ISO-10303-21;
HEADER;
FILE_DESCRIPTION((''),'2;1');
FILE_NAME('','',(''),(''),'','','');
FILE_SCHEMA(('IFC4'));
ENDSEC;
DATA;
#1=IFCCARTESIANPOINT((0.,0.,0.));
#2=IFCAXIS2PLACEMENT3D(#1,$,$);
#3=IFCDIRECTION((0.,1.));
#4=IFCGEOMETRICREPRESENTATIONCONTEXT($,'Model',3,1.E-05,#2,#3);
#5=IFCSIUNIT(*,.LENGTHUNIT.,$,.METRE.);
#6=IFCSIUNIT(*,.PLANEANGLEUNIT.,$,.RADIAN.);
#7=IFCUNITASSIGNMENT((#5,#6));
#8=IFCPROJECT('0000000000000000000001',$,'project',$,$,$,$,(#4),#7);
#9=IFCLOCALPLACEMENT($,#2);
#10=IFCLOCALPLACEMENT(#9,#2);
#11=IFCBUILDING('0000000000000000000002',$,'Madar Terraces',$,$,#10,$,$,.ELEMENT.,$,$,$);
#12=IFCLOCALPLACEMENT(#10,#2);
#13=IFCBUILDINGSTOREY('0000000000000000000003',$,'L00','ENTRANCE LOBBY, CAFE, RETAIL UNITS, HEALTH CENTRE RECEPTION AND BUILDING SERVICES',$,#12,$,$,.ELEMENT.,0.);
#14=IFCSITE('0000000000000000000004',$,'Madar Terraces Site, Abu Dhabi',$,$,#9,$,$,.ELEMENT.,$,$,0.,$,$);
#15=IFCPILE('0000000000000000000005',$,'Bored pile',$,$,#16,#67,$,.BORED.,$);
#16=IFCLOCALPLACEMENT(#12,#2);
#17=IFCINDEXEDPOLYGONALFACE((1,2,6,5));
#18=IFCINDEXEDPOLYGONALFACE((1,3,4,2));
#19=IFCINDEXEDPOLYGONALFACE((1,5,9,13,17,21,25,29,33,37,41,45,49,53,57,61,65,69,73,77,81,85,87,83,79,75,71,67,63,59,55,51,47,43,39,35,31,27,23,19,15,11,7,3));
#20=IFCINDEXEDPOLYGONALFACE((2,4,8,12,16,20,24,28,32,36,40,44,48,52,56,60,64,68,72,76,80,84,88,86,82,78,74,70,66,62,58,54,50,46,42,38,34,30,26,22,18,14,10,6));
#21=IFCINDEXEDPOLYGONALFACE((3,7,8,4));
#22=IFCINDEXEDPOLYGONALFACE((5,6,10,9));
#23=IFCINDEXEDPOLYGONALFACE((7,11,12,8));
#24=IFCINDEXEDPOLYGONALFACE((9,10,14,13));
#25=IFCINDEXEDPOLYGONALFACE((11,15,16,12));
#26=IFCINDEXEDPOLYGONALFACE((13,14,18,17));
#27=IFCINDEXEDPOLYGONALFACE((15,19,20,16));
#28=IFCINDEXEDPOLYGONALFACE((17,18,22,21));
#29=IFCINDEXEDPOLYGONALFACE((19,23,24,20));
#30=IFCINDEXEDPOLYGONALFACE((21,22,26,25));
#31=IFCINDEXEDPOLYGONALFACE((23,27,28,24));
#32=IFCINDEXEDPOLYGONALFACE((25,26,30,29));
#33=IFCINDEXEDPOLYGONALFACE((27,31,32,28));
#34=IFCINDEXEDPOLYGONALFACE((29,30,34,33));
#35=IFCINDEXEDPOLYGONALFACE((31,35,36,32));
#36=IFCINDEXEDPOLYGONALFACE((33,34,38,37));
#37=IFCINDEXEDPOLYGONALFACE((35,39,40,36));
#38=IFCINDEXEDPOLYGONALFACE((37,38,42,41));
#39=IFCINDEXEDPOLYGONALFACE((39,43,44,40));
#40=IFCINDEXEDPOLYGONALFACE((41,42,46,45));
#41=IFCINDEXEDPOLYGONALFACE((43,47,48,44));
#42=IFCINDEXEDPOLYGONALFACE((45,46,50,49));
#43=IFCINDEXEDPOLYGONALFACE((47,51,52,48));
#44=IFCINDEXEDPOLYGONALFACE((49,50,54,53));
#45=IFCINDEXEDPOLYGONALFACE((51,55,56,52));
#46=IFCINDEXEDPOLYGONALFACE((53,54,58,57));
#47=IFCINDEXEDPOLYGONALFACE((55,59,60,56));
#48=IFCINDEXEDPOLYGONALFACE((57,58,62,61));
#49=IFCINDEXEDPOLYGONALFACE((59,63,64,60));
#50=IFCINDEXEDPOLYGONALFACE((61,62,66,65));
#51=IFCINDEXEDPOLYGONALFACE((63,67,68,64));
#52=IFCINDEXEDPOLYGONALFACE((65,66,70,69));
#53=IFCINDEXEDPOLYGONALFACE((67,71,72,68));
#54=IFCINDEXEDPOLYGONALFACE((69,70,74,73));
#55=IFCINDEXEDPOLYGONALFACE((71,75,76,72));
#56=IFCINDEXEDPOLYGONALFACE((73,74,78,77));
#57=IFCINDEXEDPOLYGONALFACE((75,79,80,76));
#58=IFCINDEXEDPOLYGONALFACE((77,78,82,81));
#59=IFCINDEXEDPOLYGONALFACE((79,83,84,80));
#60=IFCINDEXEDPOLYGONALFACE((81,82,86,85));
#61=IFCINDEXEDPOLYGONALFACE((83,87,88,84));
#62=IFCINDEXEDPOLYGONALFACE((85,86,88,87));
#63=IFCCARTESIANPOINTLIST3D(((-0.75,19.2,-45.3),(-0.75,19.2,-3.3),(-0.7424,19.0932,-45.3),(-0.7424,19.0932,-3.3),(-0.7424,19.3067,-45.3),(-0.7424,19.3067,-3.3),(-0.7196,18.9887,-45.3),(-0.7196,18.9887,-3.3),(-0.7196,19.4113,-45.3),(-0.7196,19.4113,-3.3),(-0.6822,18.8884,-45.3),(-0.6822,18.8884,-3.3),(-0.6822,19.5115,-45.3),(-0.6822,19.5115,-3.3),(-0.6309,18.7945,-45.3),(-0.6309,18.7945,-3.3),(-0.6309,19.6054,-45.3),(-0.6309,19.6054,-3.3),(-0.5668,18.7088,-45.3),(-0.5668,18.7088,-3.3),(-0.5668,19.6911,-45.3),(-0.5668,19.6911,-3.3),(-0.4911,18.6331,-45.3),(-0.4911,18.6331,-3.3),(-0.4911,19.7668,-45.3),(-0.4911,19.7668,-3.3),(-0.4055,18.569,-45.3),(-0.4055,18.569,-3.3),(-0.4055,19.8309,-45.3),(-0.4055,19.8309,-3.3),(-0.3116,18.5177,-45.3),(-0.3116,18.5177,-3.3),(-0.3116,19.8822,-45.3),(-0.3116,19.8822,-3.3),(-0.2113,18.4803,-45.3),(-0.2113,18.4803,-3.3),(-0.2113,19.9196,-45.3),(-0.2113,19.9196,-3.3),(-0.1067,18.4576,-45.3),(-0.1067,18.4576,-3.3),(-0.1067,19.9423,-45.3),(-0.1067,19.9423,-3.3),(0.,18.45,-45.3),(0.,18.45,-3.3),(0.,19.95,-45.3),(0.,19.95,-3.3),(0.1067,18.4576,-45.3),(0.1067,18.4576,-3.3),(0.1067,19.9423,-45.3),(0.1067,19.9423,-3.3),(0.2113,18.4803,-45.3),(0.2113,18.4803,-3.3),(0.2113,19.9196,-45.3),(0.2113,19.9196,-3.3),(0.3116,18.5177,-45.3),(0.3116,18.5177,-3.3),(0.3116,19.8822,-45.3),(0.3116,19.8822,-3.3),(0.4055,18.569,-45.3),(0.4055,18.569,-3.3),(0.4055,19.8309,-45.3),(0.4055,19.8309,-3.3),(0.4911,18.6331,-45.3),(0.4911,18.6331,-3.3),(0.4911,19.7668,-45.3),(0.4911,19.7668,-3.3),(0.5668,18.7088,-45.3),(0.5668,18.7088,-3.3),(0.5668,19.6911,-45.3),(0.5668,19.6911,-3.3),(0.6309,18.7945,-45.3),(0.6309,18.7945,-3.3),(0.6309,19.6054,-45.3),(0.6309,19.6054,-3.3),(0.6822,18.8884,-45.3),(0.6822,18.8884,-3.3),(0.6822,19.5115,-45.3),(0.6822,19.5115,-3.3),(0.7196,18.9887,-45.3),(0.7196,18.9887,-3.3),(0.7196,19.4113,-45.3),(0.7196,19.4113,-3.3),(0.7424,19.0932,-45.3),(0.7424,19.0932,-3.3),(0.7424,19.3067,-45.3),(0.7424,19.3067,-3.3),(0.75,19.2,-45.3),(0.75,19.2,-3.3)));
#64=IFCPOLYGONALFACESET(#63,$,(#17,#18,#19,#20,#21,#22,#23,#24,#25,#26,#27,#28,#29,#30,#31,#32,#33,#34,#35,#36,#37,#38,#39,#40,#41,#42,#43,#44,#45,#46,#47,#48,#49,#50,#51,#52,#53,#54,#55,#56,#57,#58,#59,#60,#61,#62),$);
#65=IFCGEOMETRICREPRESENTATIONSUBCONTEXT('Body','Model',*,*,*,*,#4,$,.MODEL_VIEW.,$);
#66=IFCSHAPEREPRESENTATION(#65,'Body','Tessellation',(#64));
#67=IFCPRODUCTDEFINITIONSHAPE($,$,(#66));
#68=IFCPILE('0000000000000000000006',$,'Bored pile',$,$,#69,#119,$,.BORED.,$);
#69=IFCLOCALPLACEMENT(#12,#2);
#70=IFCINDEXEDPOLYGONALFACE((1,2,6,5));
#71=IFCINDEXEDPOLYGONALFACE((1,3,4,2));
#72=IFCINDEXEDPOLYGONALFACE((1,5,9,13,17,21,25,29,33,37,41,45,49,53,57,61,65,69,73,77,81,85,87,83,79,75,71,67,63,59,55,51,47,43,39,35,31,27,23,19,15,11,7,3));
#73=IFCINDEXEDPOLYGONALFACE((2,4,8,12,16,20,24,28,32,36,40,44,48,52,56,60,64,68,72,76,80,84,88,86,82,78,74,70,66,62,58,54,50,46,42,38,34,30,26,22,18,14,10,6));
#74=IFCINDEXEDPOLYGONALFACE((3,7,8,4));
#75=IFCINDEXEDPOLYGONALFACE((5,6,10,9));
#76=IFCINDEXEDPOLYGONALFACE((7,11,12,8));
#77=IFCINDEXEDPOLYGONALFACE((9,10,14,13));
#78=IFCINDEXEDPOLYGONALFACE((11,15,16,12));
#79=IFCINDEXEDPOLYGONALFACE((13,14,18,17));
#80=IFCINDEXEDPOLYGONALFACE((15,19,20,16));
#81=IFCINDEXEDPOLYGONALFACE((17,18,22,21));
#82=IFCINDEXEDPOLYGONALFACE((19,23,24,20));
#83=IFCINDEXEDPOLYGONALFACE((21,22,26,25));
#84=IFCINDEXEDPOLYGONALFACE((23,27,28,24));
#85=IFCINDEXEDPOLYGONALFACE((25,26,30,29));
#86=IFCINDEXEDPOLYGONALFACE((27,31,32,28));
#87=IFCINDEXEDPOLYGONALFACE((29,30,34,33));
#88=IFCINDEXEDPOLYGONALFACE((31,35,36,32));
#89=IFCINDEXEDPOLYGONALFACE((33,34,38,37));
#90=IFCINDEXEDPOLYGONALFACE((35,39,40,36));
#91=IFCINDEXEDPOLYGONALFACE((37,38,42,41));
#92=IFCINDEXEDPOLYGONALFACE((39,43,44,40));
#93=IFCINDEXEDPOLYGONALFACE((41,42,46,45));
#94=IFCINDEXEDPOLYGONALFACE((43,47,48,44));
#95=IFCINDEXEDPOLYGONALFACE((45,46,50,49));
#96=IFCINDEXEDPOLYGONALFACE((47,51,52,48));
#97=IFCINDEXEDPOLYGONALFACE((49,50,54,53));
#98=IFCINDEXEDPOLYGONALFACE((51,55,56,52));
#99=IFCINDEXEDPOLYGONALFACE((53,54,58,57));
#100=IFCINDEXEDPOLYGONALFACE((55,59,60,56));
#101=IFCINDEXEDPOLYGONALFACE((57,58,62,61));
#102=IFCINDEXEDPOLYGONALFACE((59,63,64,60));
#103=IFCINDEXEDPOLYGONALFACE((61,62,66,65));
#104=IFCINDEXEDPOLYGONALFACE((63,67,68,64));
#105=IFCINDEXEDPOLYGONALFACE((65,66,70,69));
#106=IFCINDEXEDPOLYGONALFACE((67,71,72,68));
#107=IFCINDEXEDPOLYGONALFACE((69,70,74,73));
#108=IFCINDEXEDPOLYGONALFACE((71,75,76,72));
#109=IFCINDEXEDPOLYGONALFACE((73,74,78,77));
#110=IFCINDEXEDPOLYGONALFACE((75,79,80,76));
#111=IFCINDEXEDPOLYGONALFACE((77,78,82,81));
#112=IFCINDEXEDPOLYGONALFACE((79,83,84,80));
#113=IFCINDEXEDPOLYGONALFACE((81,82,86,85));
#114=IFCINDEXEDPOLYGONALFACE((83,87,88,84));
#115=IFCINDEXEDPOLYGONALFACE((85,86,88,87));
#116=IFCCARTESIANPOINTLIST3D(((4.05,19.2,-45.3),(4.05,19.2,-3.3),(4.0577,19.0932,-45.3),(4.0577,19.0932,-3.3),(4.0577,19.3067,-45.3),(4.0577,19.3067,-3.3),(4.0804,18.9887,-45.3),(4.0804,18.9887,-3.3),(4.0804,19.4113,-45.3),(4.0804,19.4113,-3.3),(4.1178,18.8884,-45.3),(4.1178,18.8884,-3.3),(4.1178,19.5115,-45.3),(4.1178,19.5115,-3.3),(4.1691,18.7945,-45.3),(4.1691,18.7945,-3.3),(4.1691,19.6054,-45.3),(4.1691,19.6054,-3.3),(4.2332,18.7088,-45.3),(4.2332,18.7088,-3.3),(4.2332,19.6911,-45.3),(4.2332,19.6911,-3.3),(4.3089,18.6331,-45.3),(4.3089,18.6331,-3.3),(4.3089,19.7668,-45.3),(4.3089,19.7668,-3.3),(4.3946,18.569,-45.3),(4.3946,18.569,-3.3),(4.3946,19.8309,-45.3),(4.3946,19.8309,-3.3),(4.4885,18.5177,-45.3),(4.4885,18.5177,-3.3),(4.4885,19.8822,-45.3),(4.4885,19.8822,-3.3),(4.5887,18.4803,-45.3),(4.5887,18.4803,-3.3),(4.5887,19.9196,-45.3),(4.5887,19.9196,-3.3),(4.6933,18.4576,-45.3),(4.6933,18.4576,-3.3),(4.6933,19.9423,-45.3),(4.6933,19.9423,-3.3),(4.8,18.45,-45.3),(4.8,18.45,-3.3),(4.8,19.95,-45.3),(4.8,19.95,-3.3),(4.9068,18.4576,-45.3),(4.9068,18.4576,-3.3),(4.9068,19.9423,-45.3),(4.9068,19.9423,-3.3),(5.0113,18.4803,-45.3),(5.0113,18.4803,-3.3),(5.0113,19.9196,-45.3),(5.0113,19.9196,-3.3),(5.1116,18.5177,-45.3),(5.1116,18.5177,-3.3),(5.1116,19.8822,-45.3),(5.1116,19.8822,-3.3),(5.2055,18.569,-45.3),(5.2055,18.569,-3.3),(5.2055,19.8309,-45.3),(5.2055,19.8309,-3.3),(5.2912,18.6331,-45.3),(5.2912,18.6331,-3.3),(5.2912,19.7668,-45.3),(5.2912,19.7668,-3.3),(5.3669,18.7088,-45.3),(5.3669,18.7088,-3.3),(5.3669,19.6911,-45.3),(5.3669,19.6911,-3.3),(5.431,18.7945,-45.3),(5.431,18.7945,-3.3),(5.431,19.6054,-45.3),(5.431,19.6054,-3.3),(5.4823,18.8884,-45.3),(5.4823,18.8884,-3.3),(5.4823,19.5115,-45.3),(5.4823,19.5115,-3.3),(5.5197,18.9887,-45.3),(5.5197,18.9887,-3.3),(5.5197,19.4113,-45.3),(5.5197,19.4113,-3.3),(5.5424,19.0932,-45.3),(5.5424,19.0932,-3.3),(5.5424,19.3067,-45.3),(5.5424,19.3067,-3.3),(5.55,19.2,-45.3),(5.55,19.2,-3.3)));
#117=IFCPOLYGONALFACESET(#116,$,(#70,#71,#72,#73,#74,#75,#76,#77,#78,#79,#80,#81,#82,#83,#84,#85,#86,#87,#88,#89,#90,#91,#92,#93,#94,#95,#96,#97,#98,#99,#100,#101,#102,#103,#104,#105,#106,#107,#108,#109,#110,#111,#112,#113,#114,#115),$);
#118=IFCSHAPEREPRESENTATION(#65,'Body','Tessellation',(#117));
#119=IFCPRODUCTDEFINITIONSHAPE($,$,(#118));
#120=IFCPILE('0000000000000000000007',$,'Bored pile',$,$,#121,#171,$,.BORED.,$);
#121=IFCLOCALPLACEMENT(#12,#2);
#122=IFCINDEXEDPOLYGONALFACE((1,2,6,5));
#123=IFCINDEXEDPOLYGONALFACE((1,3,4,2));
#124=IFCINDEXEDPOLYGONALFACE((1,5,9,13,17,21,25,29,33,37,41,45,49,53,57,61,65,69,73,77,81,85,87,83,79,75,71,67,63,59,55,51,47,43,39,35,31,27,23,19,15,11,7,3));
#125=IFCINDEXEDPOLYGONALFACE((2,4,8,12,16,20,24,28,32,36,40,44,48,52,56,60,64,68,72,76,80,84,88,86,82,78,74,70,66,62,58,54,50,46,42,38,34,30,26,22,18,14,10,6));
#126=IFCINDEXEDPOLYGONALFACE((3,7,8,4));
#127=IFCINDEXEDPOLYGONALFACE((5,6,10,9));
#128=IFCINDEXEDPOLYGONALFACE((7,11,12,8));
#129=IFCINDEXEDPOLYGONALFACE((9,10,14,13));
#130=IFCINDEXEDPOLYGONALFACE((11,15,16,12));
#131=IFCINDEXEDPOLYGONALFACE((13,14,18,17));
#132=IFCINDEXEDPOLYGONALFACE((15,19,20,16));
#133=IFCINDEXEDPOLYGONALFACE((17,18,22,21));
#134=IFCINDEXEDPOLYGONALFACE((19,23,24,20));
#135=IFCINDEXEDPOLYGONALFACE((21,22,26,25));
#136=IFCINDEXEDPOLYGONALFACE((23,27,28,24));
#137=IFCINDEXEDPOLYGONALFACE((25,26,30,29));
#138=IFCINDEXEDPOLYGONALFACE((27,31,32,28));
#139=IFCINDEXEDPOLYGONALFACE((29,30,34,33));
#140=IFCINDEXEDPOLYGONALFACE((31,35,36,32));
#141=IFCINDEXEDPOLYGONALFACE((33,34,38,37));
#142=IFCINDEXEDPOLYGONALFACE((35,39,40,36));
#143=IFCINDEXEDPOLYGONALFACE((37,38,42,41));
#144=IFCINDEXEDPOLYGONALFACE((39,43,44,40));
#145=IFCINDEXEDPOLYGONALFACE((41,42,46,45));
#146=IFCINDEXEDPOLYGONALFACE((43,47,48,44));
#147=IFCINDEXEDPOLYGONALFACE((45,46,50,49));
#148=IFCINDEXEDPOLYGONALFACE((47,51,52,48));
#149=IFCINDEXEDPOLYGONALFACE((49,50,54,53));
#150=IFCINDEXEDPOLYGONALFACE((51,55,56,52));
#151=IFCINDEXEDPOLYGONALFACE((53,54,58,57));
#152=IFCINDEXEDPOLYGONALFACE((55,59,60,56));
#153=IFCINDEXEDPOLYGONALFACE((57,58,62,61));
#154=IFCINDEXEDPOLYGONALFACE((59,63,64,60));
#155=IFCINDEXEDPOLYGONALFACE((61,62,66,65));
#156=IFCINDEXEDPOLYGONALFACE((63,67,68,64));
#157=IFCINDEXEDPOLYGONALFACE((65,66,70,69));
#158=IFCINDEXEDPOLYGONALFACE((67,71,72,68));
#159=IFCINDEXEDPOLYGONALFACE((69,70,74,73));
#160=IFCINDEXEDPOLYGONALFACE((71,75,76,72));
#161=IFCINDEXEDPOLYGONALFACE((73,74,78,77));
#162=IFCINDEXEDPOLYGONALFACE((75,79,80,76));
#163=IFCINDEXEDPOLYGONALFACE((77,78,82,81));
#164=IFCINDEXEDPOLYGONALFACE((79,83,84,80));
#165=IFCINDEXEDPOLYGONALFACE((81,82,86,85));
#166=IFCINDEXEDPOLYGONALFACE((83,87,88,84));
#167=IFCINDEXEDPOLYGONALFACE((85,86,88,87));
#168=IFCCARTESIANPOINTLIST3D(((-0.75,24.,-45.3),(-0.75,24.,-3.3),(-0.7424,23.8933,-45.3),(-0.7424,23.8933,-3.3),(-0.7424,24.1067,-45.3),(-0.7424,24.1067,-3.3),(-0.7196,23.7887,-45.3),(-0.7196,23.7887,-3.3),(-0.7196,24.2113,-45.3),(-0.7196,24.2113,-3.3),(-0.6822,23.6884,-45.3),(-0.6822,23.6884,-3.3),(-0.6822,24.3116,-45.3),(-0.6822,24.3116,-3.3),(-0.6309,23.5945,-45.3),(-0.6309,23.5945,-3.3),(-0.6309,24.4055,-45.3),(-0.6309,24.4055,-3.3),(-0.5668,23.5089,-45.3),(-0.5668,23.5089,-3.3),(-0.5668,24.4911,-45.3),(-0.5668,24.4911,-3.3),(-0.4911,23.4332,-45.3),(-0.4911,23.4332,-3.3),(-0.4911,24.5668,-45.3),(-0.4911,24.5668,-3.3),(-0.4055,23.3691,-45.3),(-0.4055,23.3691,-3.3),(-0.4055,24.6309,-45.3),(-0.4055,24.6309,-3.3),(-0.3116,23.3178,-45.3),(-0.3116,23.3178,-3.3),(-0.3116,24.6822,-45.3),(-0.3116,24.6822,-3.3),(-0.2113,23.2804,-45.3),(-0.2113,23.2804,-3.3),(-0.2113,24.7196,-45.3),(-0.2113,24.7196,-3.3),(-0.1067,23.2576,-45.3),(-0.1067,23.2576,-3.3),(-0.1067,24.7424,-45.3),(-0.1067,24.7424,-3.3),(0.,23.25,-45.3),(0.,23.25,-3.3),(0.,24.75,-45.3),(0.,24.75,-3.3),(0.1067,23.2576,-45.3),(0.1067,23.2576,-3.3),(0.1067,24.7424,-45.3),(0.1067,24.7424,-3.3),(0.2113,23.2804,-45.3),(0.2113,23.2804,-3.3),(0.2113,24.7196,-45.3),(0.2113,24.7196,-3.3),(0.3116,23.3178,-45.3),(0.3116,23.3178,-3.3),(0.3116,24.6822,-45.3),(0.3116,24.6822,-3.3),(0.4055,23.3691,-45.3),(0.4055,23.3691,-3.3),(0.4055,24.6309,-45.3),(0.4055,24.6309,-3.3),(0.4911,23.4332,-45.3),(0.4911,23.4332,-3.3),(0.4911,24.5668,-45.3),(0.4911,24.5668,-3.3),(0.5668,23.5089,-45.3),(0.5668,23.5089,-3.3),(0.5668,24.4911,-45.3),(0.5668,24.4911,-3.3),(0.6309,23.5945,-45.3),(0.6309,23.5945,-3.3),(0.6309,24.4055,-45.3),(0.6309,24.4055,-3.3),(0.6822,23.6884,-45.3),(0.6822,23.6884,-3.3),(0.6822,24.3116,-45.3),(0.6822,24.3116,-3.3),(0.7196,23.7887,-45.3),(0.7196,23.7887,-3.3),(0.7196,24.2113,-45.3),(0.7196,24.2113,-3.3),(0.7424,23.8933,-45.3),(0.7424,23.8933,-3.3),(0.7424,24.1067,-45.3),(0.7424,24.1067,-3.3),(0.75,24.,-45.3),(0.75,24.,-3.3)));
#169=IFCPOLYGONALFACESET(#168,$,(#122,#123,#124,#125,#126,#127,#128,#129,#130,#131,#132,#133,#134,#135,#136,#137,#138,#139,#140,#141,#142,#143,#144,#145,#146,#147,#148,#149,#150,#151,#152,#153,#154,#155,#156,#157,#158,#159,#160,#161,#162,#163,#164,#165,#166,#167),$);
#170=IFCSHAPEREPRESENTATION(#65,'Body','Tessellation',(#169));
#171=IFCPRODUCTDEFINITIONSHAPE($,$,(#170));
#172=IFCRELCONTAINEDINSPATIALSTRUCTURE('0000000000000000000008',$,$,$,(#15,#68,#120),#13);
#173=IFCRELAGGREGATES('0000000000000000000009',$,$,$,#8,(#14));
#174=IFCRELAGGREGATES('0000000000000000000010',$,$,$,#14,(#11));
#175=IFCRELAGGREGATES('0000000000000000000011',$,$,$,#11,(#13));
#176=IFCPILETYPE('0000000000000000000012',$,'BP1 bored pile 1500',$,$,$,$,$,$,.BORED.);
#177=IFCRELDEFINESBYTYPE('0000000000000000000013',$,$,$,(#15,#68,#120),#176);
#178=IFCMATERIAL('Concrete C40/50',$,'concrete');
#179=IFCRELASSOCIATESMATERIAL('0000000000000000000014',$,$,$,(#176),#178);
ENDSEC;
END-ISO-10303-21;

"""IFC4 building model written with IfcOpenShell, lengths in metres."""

from ifc_helpers import new_model, si_unit, direction, frame, origin, origin_2d, place, context, subcontext, project, spatial, circle, extrude, material, material_profile, profile_set, type_object, element, save


model = new_model("IFC4")

# Units and contexts
model_context = context("Model", 3, precision=1e-05, world=origin(), true_north=direction((0.0, 1.0)))
body_context = subcontext(model_context, "Body", "Model", "MODEL_VIEW")
ifc_project = project(units=[si_unit("LENGTHUNIT", "METRE"), si_unit("PLANEANGLEUNIT", "RADIAN")], contexts=[model_context])

# Site, building, storey
site_placement = place(None, origin())
site = spatial("IfcSite", under=ifc_project, at=site_placement, Name="Madar Terraces Site, Abu Dhabi", CompositionType="ELEMENT", RefElevation=0.0)
building_placement = place(site_placement, origin())
building = spatial("IfcBuilding", under=site, at=building_placement, Name="Madar Terraces", CompositionType="ELEMENT")
storey_placement = place(building_placement, origin())
storey = spatial("IfcBuildingStorey", under=building, at=storey_placement, Name="L00", Description="ENTRANCE LOBBY, CAFE, RETAIL UNITS, HEALTH CENTRE RECEPTION AND BUILDING SERVICES", CompositionType="ELEMENT", Elevation=0.0)

# Piles
ifc_material_1 = material(Name="Concrete C40/50", Category="concrete")
ifc_material_profile_1 = material_profile(ifc_material_1, circle(Radius=0.75, at=origin_2d()), Name="BP1 bored pile 1500")
ifc_profile_set_1 = profile_set([ifc_material_profile_1], Name="Concrete C40/50")
pile_type = type_object("IfcPileType", Name="BP1 bored pile 1500", PredefinedType="BORED", material=ifc_profile_set_1)
for number, where, z_axis, x_axis, name in (
    (1, (0.0, 19.2, -3.3), (0.0, 0.0, -1.0), (1.0, 0.0, 0.0), "Bored pile"),
    (2, (4.8, 19.2, -3.3), (0.0, 0.0, -1.0), (1.0, 0.0, 0.0), "Bored pile"),
    (3, (0.0, 24.0, -3.3), (0.0, 0.0, -1.0), (1.0, 0.0, 0.0), "Bored pile"),
):
    element("IfcPile", number, at=place(storey_placement, frame(where, z_axis=z_axis, x_axis=x_axis)), inside=storey, type_object=pile_type, Name=name, PredefinedType="BORED", context=body_context, shape_type="SweptSolid", body=[
        extrude(circle(Radius=0.75, at=origin_2d()), origin(), (0.0, 0.0, 1.0), 42.0),
    ])

save(model, "model.ifc")
